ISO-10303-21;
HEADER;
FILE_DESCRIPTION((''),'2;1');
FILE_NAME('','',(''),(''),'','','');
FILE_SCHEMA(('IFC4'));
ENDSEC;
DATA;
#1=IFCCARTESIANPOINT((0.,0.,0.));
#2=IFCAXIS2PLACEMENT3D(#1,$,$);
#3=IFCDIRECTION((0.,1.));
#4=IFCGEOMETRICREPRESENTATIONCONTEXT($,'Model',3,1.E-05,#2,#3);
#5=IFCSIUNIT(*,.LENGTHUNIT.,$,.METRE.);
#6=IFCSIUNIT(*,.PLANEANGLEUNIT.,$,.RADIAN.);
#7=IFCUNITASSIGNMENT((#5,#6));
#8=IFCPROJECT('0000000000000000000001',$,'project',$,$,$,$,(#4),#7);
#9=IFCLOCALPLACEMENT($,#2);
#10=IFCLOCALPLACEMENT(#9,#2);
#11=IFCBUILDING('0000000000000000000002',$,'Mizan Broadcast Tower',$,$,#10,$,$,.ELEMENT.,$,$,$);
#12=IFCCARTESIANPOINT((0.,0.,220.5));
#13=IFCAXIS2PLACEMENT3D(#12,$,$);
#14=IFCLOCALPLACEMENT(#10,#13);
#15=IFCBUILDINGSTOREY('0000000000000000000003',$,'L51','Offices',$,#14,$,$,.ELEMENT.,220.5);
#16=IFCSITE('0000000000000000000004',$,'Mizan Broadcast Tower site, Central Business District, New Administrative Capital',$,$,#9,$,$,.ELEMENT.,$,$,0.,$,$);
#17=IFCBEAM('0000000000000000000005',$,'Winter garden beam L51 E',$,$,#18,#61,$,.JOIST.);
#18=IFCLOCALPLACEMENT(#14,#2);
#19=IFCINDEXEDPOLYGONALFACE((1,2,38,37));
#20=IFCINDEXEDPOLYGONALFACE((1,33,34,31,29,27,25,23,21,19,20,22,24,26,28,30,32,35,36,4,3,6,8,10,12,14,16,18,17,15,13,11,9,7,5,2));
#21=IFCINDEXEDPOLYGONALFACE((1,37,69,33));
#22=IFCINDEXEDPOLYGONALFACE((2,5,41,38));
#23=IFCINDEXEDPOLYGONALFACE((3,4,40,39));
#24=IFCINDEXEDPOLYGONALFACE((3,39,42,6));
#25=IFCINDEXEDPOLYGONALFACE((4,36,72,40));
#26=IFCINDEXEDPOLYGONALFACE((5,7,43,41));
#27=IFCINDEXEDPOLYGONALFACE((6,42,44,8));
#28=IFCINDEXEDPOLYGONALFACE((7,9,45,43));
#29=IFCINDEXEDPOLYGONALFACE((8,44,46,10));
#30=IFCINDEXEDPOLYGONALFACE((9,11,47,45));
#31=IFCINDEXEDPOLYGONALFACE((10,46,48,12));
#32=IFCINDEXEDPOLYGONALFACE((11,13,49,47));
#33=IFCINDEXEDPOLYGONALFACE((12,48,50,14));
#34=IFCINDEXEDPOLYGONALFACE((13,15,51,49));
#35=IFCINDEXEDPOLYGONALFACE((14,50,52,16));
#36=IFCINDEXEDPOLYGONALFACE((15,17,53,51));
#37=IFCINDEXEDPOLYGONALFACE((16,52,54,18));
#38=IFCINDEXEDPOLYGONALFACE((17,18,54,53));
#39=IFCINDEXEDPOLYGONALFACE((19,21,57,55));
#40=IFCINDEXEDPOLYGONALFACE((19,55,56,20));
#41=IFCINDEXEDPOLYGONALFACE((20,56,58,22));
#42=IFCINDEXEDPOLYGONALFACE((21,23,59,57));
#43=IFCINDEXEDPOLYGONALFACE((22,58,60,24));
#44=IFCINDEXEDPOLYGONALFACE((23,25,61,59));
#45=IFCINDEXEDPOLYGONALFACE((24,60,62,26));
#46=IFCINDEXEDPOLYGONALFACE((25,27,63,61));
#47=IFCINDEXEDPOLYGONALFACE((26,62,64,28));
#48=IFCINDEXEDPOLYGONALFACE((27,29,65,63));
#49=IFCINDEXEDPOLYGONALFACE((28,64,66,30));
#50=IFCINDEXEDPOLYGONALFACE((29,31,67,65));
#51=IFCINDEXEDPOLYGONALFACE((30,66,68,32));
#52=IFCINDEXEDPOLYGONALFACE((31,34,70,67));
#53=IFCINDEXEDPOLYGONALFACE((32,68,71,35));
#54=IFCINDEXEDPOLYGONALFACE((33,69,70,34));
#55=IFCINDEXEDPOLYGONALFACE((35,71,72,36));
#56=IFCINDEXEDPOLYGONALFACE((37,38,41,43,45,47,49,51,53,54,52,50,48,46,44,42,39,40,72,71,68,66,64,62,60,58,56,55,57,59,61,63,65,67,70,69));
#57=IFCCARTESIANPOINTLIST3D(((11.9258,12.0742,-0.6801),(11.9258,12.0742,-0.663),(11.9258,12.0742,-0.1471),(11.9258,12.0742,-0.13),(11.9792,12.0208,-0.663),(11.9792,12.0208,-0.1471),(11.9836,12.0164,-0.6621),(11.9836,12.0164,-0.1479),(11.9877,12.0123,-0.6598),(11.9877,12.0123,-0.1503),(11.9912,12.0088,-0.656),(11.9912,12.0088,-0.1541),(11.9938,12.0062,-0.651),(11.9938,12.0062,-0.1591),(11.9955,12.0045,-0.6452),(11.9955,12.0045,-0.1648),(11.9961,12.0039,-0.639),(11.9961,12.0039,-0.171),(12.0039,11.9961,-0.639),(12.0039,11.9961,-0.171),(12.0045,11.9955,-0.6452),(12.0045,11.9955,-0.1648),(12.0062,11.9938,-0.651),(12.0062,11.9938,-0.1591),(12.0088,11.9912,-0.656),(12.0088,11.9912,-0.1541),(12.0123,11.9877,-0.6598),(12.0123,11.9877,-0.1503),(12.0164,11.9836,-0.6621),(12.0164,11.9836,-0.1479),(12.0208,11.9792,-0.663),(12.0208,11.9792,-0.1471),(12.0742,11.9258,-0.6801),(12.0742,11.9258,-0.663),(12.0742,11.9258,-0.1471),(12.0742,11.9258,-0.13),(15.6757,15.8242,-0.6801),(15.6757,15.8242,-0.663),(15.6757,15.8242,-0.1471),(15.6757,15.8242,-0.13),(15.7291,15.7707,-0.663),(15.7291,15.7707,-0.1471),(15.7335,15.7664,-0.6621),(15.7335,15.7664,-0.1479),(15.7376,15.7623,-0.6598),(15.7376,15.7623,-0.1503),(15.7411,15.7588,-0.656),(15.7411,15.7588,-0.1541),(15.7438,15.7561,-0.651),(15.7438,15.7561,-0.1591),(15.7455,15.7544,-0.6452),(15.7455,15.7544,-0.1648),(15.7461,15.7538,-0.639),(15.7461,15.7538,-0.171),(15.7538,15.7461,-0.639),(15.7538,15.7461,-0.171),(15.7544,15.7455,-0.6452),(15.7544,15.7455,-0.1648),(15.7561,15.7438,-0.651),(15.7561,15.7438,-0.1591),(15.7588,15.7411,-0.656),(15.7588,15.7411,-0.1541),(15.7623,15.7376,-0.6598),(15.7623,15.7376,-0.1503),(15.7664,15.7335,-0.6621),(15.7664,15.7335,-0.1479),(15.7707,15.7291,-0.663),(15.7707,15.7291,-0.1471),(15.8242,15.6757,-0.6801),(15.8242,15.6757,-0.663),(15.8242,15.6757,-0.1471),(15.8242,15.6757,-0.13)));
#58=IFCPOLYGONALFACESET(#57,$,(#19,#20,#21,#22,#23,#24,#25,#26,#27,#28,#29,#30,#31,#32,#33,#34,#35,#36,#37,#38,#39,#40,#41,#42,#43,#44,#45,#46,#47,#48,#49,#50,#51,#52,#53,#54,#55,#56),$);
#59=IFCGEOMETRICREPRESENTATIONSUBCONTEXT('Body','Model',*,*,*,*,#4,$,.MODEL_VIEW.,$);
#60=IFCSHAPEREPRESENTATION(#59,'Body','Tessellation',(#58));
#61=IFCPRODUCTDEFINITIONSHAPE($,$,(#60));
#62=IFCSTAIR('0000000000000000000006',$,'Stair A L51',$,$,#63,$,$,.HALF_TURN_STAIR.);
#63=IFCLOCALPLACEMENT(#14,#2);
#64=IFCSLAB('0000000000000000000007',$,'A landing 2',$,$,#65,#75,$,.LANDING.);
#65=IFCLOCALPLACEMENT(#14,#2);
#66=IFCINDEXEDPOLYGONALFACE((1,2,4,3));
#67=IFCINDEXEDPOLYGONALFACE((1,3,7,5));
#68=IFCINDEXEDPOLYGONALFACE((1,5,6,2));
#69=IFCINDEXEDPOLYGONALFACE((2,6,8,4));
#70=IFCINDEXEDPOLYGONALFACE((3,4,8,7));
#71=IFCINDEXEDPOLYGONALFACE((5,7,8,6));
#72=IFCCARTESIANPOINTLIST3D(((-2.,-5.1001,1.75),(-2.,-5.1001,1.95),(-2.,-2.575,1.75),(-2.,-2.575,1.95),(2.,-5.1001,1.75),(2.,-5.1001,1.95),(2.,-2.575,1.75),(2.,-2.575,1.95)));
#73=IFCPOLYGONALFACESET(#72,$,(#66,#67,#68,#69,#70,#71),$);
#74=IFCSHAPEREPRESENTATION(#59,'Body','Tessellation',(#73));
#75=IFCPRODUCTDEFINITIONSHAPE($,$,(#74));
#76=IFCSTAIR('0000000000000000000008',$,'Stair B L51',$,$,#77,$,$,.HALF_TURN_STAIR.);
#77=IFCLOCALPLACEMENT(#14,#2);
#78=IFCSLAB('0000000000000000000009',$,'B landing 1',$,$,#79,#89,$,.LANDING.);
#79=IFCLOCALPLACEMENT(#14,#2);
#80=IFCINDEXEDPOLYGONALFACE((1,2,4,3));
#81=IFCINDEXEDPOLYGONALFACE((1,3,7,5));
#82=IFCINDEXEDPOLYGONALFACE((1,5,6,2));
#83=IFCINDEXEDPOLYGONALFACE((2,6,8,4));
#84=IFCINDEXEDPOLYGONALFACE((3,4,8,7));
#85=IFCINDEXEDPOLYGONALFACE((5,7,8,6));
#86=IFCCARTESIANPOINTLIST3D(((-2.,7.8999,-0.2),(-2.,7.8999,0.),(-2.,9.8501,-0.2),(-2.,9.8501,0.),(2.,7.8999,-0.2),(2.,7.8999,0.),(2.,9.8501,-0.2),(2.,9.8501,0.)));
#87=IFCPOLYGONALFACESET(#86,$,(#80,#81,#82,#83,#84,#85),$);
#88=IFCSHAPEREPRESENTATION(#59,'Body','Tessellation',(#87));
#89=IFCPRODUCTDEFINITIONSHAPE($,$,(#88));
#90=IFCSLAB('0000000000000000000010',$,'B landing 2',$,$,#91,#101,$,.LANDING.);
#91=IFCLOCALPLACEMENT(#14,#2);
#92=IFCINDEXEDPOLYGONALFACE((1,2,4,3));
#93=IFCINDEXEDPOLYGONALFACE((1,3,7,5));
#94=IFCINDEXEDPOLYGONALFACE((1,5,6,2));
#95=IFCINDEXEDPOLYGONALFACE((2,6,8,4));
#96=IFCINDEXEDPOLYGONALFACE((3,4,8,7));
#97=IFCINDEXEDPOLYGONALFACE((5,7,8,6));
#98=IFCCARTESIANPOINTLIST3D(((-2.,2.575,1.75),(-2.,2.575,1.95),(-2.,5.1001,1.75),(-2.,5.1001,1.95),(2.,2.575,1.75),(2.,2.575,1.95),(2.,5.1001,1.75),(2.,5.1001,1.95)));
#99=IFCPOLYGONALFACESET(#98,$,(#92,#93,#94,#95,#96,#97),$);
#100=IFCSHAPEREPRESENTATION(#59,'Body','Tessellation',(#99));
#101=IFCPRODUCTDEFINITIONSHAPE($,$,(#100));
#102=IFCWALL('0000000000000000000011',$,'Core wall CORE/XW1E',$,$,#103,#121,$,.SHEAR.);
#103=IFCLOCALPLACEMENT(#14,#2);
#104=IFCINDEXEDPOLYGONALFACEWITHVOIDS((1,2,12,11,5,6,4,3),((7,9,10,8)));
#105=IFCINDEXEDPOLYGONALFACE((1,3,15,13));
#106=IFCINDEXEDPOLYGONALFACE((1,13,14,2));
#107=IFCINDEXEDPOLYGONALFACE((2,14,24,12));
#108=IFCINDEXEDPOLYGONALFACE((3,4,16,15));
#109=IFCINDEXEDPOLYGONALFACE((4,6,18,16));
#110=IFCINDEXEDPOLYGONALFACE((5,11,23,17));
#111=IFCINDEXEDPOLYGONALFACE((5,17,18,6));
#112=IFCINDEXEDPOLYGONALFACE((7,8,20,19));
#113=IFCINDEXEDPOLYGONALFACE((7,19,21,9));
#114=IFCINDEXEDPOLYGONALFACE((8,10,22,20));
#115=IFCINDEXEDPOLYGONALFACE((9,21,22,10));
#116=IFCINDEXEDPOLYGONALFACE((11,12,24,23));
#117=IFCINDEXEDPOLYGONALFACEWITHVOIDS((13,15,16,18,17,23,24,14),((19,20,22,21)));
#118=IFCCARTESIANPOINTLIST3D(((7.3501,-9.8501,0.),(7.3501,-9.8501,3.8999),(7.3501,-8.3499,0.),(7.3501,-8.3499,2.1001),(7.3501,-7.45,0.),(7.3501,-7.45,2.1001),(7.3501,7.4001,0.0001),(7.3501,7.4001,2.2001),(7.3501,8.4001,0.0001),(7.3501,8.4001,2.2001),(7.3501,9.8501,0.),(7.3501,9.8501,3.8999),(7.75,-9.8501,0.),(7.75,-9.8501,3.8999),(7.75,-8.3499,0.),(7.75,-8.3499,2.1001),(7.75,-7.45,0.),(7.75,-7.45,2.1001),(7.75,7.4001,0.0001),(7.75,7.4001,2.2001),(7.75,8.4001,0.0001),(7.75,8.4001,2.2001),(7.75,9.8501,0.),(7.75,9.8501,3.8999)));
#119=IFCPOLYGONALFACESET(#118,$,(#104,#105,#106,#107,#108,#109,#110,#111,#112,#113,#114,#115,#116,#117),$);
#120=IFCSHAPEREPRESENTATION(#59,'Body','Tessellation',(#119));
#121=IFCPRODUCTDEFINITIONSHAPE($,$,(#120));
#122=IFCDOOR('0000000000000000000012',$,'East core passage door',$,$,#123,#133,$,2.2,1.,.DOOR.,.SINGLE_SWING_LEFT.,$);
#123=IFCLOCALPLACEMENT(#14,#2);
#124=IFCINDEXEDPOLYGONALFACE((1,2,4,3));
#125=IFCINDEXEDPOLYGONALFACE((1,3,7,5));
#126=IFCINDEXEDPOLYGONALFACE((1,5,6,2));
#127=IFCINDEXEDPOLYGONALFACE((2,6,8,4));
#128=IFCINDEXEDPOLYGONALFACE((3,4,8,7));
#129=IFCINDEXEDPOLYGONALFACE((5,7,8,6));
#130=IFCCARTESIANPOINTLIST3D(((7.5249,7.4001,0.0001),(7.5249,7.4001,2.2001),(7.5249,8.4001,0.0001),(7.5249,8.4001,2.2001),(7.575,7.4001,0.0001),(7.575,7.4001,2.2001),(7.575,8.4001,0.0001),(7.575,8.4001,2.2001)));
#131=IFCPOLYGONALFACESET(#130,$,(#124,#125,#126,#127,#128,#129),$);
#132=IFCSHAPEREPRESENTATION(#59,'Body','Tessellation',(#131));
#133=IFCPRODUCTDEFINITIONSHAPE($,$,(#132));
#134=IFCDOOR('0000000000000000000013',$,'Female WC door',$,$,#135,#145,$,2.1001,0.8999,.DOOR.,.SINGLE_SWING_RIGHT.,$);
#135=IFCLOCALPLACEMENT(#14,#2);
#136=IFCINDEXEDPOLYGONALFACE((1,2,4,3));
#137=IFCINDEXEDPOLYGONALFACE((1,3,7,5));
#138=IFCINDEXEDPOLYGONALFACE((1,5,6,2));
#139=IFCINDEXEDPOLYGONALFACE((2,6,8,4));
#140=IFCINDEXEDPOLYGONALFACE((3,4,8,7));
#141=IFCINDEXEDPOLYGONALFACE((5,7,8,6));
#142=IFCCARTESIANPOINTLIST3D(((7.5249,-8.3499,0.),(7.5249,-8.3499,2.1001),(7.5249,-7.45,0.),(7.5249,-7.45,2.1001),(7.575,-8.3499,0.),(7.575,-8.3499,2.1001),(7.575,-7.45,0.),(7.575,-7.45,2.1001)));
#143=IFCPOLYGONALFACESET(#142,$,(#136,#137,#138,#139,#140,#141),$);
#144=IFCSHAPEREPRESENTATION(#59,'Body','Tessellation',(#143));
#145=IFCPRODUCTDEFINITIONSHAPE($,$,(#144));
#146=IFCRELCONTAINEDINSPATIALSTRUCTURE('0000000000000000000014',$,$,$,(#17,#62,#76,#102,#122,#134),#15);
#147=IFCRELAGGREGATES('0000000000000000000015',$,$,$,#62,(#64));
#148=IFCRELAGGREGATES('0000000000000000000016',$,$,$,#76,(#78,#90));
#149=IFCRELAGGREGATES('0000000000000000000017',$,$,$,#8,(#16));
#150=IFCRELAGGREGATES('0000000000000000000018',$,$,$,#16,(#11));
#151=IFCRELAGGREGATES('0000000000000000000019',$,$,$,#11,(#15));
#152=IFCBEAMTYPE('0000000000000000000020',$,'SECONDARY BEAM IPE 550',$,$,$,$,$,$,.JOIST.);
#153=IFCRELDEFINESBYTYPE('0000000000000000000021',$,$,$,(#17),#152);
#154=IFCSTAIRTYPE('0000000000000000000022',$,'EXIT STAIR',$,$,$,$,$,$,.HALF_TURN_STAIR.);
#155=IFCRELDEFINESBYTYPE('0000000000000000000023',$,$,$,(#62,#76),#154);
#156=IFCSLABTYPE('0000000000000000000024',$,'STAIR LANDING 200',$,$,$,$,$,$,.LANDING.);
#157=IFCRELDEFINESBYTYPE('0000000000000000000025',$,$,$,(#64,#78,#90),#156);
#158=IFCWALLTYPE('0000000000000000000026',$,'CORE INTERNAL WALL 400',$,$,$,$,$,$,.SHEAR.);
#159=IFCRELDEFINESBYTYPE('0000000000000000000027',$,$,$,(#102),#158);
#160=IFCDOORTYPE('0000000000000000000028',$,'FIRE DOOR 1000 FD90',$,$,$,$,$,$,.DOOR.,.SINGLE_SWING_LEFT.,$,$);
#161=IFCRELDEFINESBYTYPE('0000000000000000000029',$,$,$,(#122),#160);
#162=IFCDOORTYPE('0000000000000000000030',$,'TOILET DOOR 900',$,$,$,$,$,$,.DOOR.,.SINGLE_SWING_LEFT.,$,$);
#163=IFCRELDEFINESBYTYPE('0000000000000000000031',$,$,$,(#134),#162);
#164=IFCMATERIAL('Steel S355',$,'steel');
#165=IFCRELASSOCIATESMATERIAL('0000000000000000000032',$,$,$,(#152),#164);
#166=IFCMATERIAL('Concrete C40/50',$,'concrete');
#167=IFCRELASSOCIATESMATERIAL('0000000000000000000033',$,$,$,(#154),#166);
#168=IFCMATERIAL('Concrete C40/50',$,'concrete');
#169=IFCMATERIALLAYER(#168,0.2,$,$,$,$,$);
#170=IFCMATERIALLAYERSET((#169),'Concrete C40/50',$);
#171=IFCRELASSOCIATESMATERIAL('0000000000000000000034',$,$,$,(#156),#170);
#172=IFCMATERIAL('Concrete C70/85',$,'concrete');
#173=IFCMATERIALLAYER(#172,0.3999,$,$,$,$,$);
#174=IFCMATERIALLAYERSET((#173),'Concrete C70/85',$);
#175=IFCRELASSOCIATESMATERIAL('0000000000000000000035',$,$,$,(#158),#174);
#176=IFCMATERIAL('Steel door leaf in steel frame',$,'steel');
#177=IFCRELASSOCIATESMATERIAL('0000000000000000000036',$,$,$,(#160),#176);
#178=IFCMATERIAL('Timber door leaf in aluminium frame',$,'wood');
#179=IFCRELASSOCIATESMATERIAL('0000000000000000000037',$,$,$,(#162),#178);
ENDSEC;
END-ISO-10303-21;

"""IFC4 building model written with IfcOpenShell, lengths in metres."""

from ifc_helpers import new_model, si_unit, direction, frame, frame_2d, origin, origin_2d, place, context, subcontext, project, spatial, polyline, rectangle, i_section, outline, extrude, material, layer, layer_set, material_profile, profile_set, type_object, element, fill, aggregate, save


model = new_model("IFC4")

# Units and contexts
model_context = context("Model", 3, precision=1e-05, world=origin(), true_north=direction((0.0, 1.0)))
body_context = subcontext(model_context, "Body", "Model", "MODEL_VIEW")
ifc_project = project(units=[si_unit("LENGTHUNIT", "METRE"), si_unit("PLANEANGLEUNIT", "RADIAN")], contexts=[model_context])

# Site, building, storey
site_placement = place(None, origin())
site = spatial("IfcSite", under=ifc_project, at=site_placement, Name="Mizan Broadcast Tower site, Central Business District, New Administrative Capital", CompositionType="ELEMENT", RefElevation=0.0)
building_placement = place(site_placement, origin())
building = spatial("IfcBuilding", under=site, at=building_placement, Name="Mizan Broadcast Tower", CompositionType="ELEMENT")
storey_placement = place(building_placement, frame((0.0, 0.0, 220.5)))
storey = spatial("IfcBuildingStorey", under=building, at=storey_placement, Name="L51", Description="Offices", CompositionType="ELEMENT", Elevation=220.5)

# Beam
ifc_material_1 = material(Name="Steel S355", Category="steel")
ifc_material_profile_1 = material_profile(ifc_material_1, i_section(OverallWidth=0.21, OverallDepth=0.55, WebThickness=0.011, FlangeThickness=0.0171, FilletRadius=0.0239, at=origin_2d()), Name="IPE 550")
ifc_profile_set_1 = profile_set([ifc_material_profile_1], Name="Steel S355")
beam_type_1 = type_object("IfcBeamType", Name="SECONDARY BEAM IPE 550", PredefinedType="JOIST", material=ifc_profile_set_1)
beam_1_placement = place(storey_placement, frame((12.0, 12.0, -0.405), z_axis=(0.707107, 0.707107, 0.0), x_axis=(-0.707107, 0.707107, 0.0)))
element("IfcBeam", 1, at=beam_1_placement, inside=storey, type_object=beam_type_1, Name="Winter garden beam L51 E", PredefinedType="JOIST", context=body_context, shape_type="SweptSolid", body=[
    extrude(i_section(OverallWidth=0.21, OverallDepth=0.55, WebThickness=0.011, FlangeThickness=0.0171, FilletRadius=0.0239, at=origin_2d()), origin(), (0.0, 0.0, 1.0), 5.3032),
])

# Stair, slab
ifc_material_2 = material(Name="Concrete C40/50", Category="concrete")
stair_type = type_object("IfcStairType", Name="EXIT STAIR", PredefinedType="HALF_TURN_STAIR", material=ifc_material_2)
stair_1_placement = place(storey_placement, origin())
stair_1 = element("IfcStair", 2, at=stair_1_placement, inside=storey, type_object=stair_type, Name="Stair A L51", PredefinedType="HALF_TURN_STAIR")
ifc_material_3 = material(Name="Concrete C40/50", Category="concrete")
ifc_layer_1 = layer(ifc_material_3, 0.2)
ifc_layer_set_1 = layer_set([ifc_layer_1], Name="Concrete C40/50")
slab_type = type_object("IfcSlabType", Name="STAIR LANDING 200", PredefinedType="LANDING", material=ifc_layer_set_1)
slab_1_placement = place(storey_placement, frame((0.0, 0.0, 1.75)))
slab_1 = element("IfcSlab", 3, at=slab_1_placement, type_object=slab_type, Name="A landing 2", PredefinedType="LANDING", context=body_context, shape_type="SweptSolid", body=[
    extrude(outline(polyline([(-2.0, -5.1001), (-2.0, -2.575), (2.0, -2.575), (2.0, -5.1001), (-2.0, -5.1001)])), origin(), (0.0, 0.0, 1.0), 0.2),
])
aggregate(stair_1, [slab_1])

# Stair, slabs
stair_2_placement = place(storey_placement, origin())
stair_2 = element("IfcStair", 4, at=stair_2_placement, inside=storey, type_object=stair_type, Name="Stair B L51", PredefinedType="HALF_TURN_STAIR")
slab_2_placement = place(storey_placement, frame((0.0, 0.0, -0.2)))
slab_2 = element("IfcSlab", 5, at=slab_2_placement, type_object=slab_type, Name="B landing 1", PredefinedType="LANDING", context=body_context, shape_type="SweptSolid", body=[
    extrude(outline(polyline([(2.0, 9.8501), (2.0, 7.8999), (-2.0, 7.8999), (-2.0, 9.8501), (2.0, 9.8501)])), origin(), (0.0, 0.0, 1.0), 0.2),
])
slab_3_placement = place(storey_placement, frame((0.0, 0.0, 1.75)))
slab_3 = element("IfcSlab", 6, at=slab_3_placement, type_object=slab_type, Name="B landing 2", PredefinedType="LANDING", context=body_context, shape_type="SweptSolid", body=[
    extrude(outline(polyline([(2.0, 5.1001), (2.0, 2.575), (-2.0, 2.575), (-2.0, 5.1001), (2.0, 5.1001)])), origin(), (0.0, 0.0, 1.0), 0.2),
])

# Wall, openings, doors
ifc_material_4 = material(Name="Concrete C70/85", Category="concrete")
ifc_layer_2 = layer(ifc_material_4, 0.3999)
ifc_layer_set_2 = layer_set([ifc_layer_2], Name="Concrete C70/85")
wall_type_1 = type_object("IfcWallType", Name="CORE INTERNAL WALL 400", PredefinedType="SHEAR", material=ifc_layer_set_2)
wall_1_placement = place(storey_placement, frame((7.55, 9.8501, 0.0), z_axis=(0.0, 0.0, 1.0), x_axis=(0.0, -1.0, 0.0)))
wall_1 = element("IfcWall", 7, at=wall_1_placement, inside=storey, type_object=wall_type_1, Name="Core wall CORE/XW1E", PredefinedType="SHEAR", context=body_context, shape_type="SweptSolid", body=[
    extrude(rectangle(XDim=19.7002, YDim=0.3999, at=frame_2d((9.8501, 0.0))), origin(), (0.0, 0.0, 1.0), 3.8999),
])
opening_1_placement = place(wall_1_placement, frame((1.45, 0.0, 0.0)))
opening_1 = element("IfcOpeningElement", 8, at=opening_1_placement, cuts=wall_1, PredefinedType="OPENING", context=body_context, shape_type="SweptSolid", body=[
    extrude(rectangle(XDim=1.0, YDim=2.2, at=frame_2d((0.5, 1.1001))), frame((0.0, 0.21, 0.0), z_axis=(0.0, -1.0, 0.0), x_axis=(1.0, 0.0, 0.0)), (0.0, 0.0, 1.0), 0.4199),
])
opening_2_placement = place(wall_1_placement, frame((17.3, 0.0, 0.0)))
opening_2 = element("IfcOpeningElement", 9, at=opening_2_placement, cuts=wall_1, PredefinedType="OPENING", context=body_context, shape_type="SweptSolid", body=[
    extrude(rectangle(XDim=0.8999, YDim=2.1001, at=frame_2d((0.45, 1.05))), frame((0.0, 0.21, 0.0), z_axis=(0.0, -1.0, 0.0), x_axis=(1.0, 0.0, 0.0)), (0.0, 0.0, 1.0), 0.4199),
])
ifc_material_5 = material(Name="Steel door leaf in steel frame", Category="steel")
door_type_1 = type_object("IfcDoorType", Name="FIRE DOOR 1000 FD90", OperationType="SINGLE_SWING_LEFT", PredefinedType="DOOR", material=ifc_material_5)
door_1_placement = place(opening_1_placement, origin())
door_1 = element("IfcDoor", 10, at=door_1_placement, inside=storey, type_object=door_type_1, Name="East core passage door", OperationType="SINGLE_SWING_LEFT", OverallHeight=2.2, OverallWidth=1.0, PredefinedType="DOOR", context=body_context, shape_type="SweptSolid", body=[
    extrude(rectangle(XDim=1.0, YDim=2.2, at=frame_2d((0.5, 1.1001))), frame((0.0, 0.0249, 0.0), z_axis=(0.0, -1.0, 0.0), x_axis=(1.0, 0.0, 0.0)), (0.0, 0.0, 1.0), 0.05),
])
fill(opening_1, door_1)
ifc_material_6 = material(Name="Timber door leaf in aluminium frame", Category="wood")
door_type_2 = type_object("IfcDoorType", Name="TOILET DOOR 900", OperationType="SINGLE_SWING_LEFT", PredefinedType="DOOR", material=ifc_material_6)
door_2_placement = place(opening_2_placement, origin())
door_2 = element("IfcDoor", 11, at=door_2_placement, inside=storey, type_object=door_type_2, Name="Female WC door", OperationType="SINGLE_SWING_RIGHT", OverallHeight=2.1001, OverallWidth=0.8999, PredefinedType="DOOR", context=body_context, shape_type="SweptSolid", body=[
    extrude(rectangle(XDim=0.8999, YDim=2.1001, at=frame_2d((0.45, 1.05))), frame((0.0, 0.0249, 0.0), z_axis=(0.0, -1.0, 0.0), x_axis=(1.0, 0.0, 0.0)), (0.0, 0.0, 1.0), 0.05),
])
fill(opening_2, door_2)

aggregate(stair_2, [slab_2, slab_3])

save(model, "model.ifc")
